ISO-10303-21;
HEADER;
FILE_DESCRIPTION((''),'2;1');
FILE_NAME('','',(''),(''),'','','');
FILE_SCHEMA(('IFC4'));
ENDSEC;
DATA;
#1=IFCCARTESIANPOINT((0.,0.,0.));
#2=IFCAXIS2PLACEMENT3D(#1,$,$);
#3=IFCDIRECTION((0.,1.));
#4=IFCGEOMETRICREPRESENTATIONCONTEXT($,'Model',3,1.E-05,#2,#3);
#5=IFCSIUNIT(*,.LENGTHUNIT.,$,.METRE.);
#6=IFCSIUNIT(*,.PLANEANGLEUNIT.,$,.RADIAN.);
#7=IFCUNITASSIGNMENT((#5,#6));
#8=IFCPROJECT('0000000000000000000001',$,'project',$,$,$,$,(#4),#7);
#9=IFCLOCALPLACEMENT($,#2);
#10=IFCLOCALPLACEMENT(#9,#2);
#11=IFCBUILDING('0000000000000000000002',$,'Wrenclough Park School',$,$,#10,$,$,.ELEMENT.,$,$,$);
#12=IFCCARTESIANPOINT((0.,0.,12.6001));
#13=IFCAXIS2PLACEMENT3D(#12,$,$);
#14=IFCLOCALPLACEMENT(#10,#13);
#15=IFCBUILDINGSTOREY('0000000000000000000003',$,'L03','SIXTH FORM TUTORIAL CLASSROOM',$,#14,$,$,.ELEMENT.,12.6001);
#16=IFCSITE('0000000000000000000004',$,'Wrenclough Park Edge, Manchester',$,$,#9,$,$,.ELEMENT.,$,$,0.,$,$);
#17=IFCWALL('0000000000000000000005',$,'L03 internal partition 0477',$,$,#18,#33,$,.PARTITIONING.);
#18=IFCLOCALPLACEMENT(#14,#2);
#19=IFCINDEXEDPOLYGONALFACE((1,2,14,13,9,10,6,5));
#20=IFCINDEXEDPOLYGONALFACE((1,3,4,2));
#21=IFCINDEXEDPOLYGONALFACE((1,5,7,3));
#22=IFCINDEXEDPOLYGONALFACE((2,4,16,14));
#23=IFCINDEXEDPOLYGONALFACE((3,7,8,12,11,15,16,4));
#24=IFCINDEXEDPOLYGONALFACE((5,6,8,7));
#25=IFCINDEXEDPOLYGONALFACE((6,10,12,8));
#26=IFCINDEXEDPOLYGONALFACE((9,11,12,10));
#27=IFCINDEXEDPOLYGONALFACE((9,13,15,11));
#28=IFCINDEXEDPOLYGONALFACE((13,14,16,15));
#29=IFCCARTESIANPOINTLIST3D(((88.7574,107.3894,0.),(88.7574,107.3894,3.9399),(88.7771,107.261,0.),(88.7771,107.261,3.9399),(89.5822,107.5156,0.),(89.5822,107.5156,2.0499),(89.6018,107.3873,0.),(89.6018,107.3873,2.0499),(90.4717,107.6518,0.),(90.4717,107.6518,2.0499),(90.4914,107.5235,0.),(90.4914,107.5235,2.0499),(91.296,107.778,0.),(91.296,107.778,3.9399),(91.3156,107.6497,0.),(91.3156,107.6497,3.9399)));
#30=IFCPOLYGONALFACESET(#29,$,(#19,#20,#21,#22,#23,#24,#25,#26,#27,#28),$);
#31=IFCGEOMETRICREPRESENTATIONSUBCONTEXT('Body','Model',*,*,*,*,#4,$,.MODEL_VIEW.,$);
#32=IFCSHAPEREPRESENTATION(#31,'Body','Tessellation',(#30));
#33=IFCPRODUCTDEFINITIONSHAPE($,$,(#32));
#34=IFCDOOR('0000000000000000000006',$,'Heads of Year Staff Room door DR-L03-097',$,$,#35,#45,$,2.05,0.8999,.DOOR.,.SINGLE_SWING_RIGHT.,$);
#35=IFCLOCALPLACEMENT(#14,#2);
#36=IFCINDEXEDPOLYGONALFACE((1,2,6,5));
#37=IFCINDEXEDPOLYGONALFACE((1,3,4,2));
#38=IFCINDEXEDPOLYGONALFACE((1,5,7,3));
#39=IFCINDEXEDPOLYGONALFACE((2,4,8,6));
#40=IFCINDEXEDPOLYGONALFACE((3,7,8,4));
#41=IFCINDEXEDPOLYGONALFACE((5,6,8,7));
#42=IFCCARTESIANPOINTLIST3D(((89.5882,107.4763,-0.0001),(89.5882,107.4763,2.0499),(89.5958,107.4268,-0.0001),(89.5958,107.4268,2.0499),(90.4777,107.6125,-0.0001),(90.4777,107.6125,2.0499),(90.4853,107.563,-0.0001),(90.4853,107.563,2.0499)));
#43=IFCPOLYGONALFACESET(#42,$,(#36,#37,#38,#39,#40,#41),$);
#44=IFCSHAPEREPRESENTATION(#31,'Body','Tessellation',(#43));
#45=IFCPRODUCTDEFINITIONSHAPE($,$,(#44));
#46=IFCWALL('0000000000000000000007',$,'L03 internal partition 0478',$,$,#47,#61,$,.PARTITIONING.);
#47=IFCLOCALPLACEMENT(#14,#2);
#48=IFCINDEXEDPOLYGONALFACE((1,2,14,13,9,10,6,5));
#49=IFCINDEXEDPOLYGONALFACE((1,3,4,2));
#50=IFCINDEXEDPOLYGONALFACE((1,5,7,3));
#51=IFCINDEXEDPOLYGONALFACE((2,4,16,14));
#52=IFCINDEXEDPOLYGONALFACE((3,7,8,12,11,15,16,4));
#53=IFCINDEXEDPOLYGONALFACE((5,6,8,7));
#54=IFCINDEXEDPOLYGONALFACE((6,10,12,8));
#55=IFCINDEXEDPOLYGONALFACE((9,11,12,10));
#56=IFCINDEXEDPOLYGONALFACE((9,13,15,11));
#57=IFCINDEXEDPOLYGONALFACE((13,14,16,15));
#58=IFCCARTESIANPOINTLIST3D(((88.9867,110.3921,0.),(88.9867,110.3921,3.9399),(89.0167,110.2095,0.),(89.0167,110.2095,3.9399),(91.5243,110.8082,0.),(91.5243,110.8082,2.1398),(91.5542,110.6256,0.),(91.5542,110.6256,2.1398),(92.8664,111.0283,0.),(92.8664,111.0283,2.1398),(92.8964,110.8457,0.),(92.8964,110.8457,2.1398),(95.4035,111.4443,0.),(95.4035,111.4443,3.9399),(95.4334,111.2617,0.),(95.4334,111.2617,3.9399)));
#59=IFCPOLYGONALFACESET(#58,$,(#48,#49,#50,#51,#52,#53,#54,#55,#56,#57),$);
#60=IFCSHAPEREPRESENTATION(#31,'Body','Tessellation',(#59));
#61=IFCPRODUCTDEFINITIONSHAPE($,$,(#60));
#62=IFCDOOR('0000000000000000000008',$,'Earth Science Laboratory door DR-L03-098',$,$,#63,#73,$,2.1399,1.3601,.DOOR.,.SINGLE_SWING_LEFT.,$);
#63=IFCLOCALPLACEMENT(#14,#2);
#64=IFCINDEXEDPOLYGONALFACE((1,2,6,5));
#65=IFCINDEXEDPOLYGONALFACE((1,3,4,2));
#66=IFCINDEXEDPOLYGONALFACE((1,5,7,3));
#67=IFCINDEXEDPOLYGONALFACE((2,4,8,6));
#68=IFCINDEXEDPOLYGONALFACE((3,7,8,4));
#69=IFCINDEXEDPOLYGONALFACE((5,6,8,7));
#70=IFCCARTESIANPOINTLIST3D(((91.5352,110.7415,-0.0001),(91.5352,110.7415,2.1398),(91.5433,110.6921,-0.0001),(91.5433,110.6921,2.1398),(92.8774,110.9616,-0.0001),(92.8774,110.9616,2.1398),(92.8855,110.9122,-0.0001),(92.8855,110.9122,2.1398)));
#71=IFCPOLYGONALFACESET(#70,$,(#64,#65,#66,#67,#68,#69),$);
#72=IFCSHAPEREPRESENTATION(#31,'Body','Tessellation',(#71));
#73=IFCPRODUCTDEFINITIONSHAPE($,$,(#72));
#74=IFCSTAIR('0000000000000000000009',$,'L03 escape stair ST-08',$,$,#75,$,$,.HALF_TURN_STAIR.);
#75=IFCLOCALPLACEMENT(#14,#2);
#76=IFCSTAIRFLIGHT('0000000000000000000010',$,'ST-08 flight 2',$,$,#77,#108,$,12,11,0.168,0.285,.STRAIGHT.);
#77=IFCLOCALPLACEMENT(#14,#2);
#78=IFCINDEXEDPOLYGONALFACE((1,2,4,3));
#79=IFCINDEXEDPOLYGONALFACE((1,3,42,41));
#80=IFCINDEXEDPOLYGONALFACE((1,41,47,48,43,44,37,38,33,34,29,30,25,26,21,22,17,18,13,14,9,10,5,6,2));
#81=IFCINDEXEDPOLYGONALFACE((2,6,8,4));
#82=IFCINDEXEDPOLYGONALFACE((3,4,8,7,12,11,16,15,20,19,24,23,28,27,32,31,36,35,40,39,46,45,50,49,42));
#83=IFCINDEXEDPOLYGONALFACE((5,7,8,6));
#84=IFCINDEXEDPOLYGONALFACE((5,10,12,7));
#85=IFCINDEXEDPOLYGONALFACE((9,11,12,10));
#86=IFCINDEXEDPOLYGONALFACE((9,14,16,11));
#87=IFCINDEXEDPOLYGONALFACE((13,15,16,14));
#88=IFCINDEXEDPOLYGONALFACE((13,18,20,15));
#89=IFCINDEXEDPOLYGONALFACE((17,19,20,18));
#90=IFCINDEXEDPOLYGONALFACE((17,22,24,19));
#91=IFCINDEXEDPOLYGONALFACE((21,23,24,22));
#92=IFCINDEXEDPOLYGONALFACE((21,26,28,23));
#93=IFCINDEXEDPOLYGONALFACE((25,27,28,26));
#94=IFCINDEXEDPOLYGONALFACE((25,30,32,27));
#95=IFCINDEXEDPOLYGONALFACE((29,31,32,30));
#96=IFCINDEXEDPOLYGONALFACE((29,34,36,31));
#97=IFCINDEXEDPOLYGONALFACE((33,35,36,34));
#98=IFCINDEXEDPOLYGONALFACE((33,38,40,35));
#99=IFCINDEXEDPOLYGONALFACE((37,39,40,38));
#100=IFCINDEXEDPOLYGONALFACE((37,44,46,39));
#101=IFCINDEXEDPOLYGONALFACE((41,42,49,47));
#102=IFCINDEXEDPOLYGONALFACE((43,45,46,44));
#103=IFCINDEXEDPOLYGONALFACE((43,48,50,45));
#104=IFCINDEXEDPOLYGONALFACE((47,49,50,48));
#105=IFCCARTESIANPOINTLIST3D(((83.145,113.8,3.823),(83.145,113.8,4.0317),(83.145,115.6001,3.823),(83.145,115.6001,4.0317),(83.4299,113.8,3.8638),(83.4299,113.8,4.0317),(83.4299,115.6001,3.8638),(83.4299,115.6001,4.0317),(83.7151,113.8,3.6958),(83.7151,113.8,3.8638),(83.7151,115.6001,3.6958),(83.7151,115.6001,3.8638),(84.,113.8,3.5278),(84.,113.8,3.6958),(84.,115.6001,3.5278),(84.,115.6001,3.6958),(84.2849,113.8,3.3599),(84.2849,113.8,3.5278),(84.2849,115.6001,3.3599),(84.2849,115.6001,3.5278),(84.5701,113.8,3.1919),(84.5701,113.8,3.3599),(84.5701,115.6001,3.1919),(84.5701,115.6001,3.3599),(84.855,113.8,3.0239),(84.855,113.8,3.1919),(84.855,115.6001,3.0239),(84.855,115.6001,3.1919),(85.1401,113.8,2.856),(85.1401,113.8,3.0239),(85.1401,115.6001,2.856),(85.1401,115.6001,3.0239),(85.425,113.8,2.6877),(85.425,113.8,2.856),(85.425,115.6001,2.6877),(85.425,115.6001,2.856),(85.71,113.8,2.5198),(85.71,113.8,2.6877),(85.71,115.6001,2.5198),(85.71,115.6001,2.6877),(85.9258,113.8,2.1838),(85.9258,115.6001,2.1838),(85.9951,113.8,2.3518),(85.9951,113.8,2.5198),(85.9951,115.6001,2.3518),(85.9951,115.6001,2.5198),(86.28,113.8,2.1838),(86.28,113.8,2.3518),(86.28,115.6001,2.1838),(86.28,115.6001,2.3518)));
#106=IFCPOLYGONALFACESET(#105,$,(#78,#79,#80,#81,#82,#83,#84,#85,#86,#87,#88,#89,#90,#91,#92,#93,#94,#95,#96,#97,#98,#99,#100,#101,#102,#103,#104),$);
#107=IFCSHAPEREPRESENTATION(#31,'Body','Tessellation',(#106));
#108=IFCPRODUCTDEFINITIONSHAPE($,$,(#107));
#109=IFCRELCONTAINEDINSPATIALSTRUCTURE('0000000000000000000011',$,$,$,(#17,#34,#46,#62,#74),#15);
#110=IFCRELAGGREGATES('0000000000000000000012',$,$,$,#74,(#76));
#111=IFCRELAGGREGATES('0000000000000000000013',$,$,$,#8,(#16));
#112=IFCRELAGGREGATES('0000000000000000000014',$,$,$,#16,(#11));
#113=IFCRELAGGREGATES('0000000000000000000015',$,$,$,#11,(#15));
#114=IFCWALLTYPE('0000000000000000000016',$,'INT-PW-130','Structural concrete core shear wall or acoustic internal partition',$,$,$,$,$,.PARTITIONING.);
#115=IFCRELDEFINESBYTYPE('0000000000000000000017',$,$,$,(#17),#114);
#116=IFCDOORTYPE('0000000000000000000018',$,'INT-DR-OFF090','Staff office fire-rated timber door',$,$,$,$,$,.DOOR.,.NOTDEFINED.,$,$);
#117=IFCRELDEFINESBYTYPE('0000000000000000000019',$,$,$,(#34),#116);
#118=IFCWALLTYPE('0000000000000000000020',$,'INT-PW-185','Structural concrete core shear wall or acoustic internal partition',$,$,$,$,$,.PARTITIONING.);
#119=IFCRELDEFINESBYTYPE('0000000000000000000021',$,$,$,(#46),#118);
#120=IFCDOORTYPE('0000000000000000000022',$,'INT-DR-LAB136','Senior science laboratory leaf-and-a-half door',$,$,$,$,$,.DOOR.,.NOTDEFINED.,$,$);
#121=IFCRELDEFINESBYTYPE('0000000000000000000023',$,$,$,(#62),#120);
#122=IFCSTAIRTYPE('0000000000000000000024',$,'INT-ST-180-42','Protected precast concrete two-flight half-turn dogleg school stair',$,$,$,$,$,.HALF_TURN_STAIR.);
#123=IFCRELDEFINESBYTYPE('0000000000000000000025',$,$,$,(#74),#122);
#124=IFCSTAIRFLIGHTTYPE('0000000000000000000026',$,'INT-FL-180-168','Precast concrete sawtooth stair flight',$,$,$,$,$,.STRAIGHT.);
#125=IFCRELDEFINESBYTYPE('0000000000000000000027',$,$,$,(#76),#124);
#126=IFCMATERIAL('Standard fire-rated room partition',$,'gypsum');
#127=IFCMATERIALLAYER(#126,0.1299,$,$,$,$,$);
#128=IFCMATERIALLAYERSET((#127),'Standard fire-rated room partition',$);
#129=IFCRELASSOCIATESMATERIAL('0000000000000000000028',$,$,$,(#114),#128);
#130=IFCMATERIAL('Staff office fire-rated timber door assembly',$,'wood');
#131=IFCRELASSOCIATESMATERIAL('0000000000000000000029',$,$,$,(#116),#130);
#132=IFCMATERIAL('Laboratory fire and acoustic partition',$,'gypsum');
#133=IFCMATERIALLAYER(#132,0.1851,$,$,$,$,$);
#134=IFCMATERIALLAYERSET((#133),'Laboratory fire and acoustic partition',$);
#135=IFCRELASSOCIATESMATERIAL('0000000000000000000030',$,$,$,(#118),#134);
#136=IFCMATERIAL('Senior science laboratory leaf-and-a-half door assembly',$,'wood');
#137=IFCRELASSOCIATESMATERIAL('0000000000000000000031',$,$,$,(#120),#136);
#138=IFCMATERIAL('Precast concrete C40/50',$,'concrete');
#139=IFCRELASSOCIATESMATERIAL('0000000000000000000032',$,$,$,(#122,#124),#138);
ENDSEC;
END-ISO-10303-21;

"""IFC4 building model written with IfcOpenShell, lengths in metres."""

from ifc_helpers import new_model, si_unit, direction, frame, frame_2d, origin, place, context, subcontext, project, spatial, polyline, rectangle, outline, extrude, material, layer, layer_set, type_object, element, fill, aggregate, save


model = new_model("IFC4")

# Units and contexts
model_context = context("Model", 3, precision=1e-05, world=origin(), true_north=direction((0.0, 1.0)))
body_context = subcontext(model_context, "Body", "Model", "MODEL_VIEW")
ifc_project = project(units=[si_unit("LENGTHUNIT", "METRE"), si_unit("PLANEANGLEUNIT", "RADIAN")], contexts=[model_context])

# Site, building, storey
site_placement = place(None, origin())
site = spatial("IfcSite", under=ifc_project, at=site_placement, Name="Wrenclough Park Edge, Manchester", CompositionType="ELEMENT", RefElevation=0.0)
building_placement = place(site_placement, origin())
building = spatial("IfcBuilding", under=site, at=building_placement, Name="Wrenclough Park School", CompositionType="ELEMENT")
storey_placement = place(building_placement, frame((0.0, 0.0, 12.6001)))
storey = spatial("IfcBuildingStorey", under=building, at=storey_placement, Name="L03", Description="SIXTH FORM TUTORIAL CLASSROOM", CompositionType="ELEMENT", Elevation=12.6001)

# Walls, openings, doors
ifc_material_1 = material(Name="Standard fire-rated room partition", Category="gypsum")
ifc_layer_1 = layer(ifc_material_1, 0.1299)
ifc_layer_set_1 = layer_set([ifc_layer_1], Name="Standard fire-rated room partition")
wall_type_1 = type_object("IfcWallType", Name="INT-PW-130", Description="Structural concrete core shear wall or acoustic internal partition", PredefinedType="PARTITIONING", material=ifc_layer_set_1)
wall_1_placement = place(storey_placement, frame((91.3059, 107.7139, 0.0), z_axis=(0.0, 0.0, 1.0), x_axis=(-0.988481, -0.151343, 0.0)))
wall_1 = element("IfcWall", 1, at=wall_1_placement, inside=storey, type_object=wall_type_1, Name="L03 internal partition 0477", PredefinedType="PARTITIONING", context=body_context, shape_type="SweptSolid", body=[
    extrude(rectangle(XDim=2.5681, YDim=0.1299, at=frame_2d((1.2842, 0.0))), origin(), (0.0, 0.0, 1.0), 3.9399),
])
opening_1_placement = place(wall_1_placement, frame((0.834, 0.0, 0.0)))
opening_1 = element("IfcOpeningElement", 2, at=opening_1_placement, cuts=wall_1, PredefinedType="OPENING", context=body_context, shape_type="SweptSolid", body=[
    extrude(rectangle(XDim=0.8999, YDim=2.05, at=frame_2d((0.45, 1.0249))), frame((0.0, 0.075, 0.0), z_axis=(0.0, -1.0, 0.0), x_axis=(1.0, 0.0, 0.0)), (0.0, 0.0, 1.0), 0.1499),
])
ifc_material_2 = material(Name="Staff office fire-rated timber door assembly", Category="wood")
door_type_1 = type_object("IfcDoorType", Name="INT-DR-OFF090", Description="Staff office fire-rated timber door", OperationType="NOTDEFINED", PredefinedType="DOOR", material=ifc_material_2)
door_1_placement = place(opening_1_placement, origin())
door_1 = element("IfcDoor", 3, at=door_1_placement, inside=storey, type_object=door_type_1, Name="Heads of Year Staff Room door DR-L03-097", OperationType="SINGLE_SWING_RIGHT", OverallHeight=2.05, OverallWidth=0.8999, PredefinedType="DOOR", context=body_context, shape_type="SweptSolid", body=[
    extrude(rectangle(XDim=0.8999, YDim=2.05, at=frame_2d((0.45, 1.0249))), frame((0.0, 0.0249, 0.0), z_axis=(0.0, -1.0, 0.0), x_axis=(1.0, 0.0, 0.0)), (0.0, 0.0, 1.0), 0.05),
])
fill(opening_1, door_1)
ifc_material_3 = material(Name="Laboratory fire and acoustic partition", Category="gypsum")
ifc_layer_2 = layer(ifc_material_3, 0.1851)
ifc_layer_set_2 = layer_set([ifc_layer_2], Name="Laboratory fire and acoustic partition")
wall_type_2 = type_object("IfcWallType", Name="INT-PW-185", Description="Structural concrete core shear wall or acoustic internal partition", PredefinedType="PARTITIONING", material=ifc_layer_set_2)
wall_2_placement = place(storey_placement, frame((89.0017, 110.3008, 0.0), z_axis=(0.0, 0.0, 1.0), x_axis=(0.98682, 0.161823, 0.0)))
wall_2 = element("IfcWall", 4, at=wall_2_placement, inside=storey, type_object=wall_type_2, Name="L03 internal partition 0478", PredefinedType="PARTITIONING", context=body_context, shape_type="SweptSolid", body=[
    extrude(rectangle(XDim=6.5024, YDim=0.1851, at=frame_2d((3.2512, 0.0))), origin(), (0.0, 0.0, 1.0), 3.9399),
])
opening_2_placement = place(wall_2_placement, frame((2.5713, 0.0, 0.0)))
opening_2 = element("IfcOpeningElement", 5, at=opening_2_placement, cuts=wall_2, PredefinedType="OPENING", context=body_context, shape_type="SweptSolid", body=[
    extrude(rectangle(XDim=1.3601, YDim=2.1399, at=frame_2d((0.6802, 1.0698))), frame((0.0, 0.1025, 0.0), z_axis=(0.0, -1.0, 0.0), x_axis=(1.0, 0.0, 0.0)), (0.0, 0.0, 1.0), 0.2051),
])
ifc_material_4 = material(Name="Senior science laboratory leaf-and-a-half door assembly", Category="wood")
door_type_2 = type_object("IfcDoorType", Name="INT-DR-LAB136", Description="Senior science laboratory leaf-and-a-half door", OperationType="NOTDEFINED", PredefinedType="DOOR", material=ifc_material_4)
door_2_placement = place(opening_2_placement, origin())
door_2 = element("IfcDoor", 6, at=door_2_placement, inside=storey, type_object=door_type_2, Name="Earth Science Laboratory door DR-L03-098", OperationType="SINGLE_SWING_LEFT", OverallHeight=2.1399, OverallWidth=1.3601, PredefinedType="DOOR", context=body_context, shape_type="SweptSolid", body=[
    extrude(rectangle(XDim=1.3601, YDim=2.1399, at=frame_2d((0.6802, 1.0698))), frame((0.0, 0.0249, 0.0), z_axis=(0.0, -1.0, 0.0), x_axis=(1.0, 0.0, 0.0)), (0.0, 0.0, 1.0), 0.05),
])
fill(opening_2, door_2)

# Stair, stair flight
ifc_material_5 = material(Name="Precast concrete C40/50", Category="concrete")
stair_type = type_object("IfcStairType", Name="INT-ST-180-42", Description="Protected precast concrete two-flight half-turn dogleg school stair", PredefinedType="HALF_TURN_STAIR", material=ifc_material_5)
stair_placement = place(storey_placement, origin())
stair = element("IfcStair", 7, at=stair_placement, inside=storey, type_object=stair_type, Name="L03 escape stair ST-08", PredefinedType="HALF_TURN_STAIR")
stair_flight_type = type_object("IfcStairFlightType", Name="INT-FL-180-168", Description="Precast concrete sawtooth stair flight", PredefinedType="STRAIGHT", material=ifc_material_5)
stair_flight_placement = place(storey_placement, frame((86.28, 114.7, 2.1838), z_axis=(0.0, 0.0, 1.0), x_axis=(-1.0, 0.0, 0.0)))
stair_flight = element("IfcStairFlight", 8, at=stair_flight_placement, type_object=stair_flight_type, Name="ST-08 flight 2", NumberOfRisers=12, NumberOfTreads=11, PredefinedType="STRAIGHT", RiserHeight=0.168, TreadLength=0.285, context=body_context, shape_type="SweptSolid", body=[
    extrude(outline(polyline([(0.0, 0.0), (0.0, 0.168), (0.2849, 0.168), (0.2849, 0.3359), (0.5701, 0.3359), (0.5701, 0.5039), (0.855, 0.5039), (0.855, 0.6721), (1.1399, 0.6721), (1.1399, 0.8401), (1.425, 0.8401), (1.425, 1.0081), (1.71, 1.0081), (1.71, 1.176), (1.9951, 1.176), (1.9951, 1.344), (2.28, 1.344), (2.28, 1.512), (2.5649, 1.512), (2.5649, 1.6799), (2.8501, 1.6799), (2.8501, 1.8479), (3.135, 1.8479), (3.135, 2.0161), (3.135, 1.6392), (0.3542, 0.0), (0.0, 0.0)])), frame((0.0, 0.8999, 0.0), z_axis=(0.0, -1.0, 0.0), x_axis=(1.0, 0.0, 0.0)), (0.0, 0.0, 1.0), 1.8),
])
aggregate(stair, [stair_flight])

save(model, "model.ifc")
